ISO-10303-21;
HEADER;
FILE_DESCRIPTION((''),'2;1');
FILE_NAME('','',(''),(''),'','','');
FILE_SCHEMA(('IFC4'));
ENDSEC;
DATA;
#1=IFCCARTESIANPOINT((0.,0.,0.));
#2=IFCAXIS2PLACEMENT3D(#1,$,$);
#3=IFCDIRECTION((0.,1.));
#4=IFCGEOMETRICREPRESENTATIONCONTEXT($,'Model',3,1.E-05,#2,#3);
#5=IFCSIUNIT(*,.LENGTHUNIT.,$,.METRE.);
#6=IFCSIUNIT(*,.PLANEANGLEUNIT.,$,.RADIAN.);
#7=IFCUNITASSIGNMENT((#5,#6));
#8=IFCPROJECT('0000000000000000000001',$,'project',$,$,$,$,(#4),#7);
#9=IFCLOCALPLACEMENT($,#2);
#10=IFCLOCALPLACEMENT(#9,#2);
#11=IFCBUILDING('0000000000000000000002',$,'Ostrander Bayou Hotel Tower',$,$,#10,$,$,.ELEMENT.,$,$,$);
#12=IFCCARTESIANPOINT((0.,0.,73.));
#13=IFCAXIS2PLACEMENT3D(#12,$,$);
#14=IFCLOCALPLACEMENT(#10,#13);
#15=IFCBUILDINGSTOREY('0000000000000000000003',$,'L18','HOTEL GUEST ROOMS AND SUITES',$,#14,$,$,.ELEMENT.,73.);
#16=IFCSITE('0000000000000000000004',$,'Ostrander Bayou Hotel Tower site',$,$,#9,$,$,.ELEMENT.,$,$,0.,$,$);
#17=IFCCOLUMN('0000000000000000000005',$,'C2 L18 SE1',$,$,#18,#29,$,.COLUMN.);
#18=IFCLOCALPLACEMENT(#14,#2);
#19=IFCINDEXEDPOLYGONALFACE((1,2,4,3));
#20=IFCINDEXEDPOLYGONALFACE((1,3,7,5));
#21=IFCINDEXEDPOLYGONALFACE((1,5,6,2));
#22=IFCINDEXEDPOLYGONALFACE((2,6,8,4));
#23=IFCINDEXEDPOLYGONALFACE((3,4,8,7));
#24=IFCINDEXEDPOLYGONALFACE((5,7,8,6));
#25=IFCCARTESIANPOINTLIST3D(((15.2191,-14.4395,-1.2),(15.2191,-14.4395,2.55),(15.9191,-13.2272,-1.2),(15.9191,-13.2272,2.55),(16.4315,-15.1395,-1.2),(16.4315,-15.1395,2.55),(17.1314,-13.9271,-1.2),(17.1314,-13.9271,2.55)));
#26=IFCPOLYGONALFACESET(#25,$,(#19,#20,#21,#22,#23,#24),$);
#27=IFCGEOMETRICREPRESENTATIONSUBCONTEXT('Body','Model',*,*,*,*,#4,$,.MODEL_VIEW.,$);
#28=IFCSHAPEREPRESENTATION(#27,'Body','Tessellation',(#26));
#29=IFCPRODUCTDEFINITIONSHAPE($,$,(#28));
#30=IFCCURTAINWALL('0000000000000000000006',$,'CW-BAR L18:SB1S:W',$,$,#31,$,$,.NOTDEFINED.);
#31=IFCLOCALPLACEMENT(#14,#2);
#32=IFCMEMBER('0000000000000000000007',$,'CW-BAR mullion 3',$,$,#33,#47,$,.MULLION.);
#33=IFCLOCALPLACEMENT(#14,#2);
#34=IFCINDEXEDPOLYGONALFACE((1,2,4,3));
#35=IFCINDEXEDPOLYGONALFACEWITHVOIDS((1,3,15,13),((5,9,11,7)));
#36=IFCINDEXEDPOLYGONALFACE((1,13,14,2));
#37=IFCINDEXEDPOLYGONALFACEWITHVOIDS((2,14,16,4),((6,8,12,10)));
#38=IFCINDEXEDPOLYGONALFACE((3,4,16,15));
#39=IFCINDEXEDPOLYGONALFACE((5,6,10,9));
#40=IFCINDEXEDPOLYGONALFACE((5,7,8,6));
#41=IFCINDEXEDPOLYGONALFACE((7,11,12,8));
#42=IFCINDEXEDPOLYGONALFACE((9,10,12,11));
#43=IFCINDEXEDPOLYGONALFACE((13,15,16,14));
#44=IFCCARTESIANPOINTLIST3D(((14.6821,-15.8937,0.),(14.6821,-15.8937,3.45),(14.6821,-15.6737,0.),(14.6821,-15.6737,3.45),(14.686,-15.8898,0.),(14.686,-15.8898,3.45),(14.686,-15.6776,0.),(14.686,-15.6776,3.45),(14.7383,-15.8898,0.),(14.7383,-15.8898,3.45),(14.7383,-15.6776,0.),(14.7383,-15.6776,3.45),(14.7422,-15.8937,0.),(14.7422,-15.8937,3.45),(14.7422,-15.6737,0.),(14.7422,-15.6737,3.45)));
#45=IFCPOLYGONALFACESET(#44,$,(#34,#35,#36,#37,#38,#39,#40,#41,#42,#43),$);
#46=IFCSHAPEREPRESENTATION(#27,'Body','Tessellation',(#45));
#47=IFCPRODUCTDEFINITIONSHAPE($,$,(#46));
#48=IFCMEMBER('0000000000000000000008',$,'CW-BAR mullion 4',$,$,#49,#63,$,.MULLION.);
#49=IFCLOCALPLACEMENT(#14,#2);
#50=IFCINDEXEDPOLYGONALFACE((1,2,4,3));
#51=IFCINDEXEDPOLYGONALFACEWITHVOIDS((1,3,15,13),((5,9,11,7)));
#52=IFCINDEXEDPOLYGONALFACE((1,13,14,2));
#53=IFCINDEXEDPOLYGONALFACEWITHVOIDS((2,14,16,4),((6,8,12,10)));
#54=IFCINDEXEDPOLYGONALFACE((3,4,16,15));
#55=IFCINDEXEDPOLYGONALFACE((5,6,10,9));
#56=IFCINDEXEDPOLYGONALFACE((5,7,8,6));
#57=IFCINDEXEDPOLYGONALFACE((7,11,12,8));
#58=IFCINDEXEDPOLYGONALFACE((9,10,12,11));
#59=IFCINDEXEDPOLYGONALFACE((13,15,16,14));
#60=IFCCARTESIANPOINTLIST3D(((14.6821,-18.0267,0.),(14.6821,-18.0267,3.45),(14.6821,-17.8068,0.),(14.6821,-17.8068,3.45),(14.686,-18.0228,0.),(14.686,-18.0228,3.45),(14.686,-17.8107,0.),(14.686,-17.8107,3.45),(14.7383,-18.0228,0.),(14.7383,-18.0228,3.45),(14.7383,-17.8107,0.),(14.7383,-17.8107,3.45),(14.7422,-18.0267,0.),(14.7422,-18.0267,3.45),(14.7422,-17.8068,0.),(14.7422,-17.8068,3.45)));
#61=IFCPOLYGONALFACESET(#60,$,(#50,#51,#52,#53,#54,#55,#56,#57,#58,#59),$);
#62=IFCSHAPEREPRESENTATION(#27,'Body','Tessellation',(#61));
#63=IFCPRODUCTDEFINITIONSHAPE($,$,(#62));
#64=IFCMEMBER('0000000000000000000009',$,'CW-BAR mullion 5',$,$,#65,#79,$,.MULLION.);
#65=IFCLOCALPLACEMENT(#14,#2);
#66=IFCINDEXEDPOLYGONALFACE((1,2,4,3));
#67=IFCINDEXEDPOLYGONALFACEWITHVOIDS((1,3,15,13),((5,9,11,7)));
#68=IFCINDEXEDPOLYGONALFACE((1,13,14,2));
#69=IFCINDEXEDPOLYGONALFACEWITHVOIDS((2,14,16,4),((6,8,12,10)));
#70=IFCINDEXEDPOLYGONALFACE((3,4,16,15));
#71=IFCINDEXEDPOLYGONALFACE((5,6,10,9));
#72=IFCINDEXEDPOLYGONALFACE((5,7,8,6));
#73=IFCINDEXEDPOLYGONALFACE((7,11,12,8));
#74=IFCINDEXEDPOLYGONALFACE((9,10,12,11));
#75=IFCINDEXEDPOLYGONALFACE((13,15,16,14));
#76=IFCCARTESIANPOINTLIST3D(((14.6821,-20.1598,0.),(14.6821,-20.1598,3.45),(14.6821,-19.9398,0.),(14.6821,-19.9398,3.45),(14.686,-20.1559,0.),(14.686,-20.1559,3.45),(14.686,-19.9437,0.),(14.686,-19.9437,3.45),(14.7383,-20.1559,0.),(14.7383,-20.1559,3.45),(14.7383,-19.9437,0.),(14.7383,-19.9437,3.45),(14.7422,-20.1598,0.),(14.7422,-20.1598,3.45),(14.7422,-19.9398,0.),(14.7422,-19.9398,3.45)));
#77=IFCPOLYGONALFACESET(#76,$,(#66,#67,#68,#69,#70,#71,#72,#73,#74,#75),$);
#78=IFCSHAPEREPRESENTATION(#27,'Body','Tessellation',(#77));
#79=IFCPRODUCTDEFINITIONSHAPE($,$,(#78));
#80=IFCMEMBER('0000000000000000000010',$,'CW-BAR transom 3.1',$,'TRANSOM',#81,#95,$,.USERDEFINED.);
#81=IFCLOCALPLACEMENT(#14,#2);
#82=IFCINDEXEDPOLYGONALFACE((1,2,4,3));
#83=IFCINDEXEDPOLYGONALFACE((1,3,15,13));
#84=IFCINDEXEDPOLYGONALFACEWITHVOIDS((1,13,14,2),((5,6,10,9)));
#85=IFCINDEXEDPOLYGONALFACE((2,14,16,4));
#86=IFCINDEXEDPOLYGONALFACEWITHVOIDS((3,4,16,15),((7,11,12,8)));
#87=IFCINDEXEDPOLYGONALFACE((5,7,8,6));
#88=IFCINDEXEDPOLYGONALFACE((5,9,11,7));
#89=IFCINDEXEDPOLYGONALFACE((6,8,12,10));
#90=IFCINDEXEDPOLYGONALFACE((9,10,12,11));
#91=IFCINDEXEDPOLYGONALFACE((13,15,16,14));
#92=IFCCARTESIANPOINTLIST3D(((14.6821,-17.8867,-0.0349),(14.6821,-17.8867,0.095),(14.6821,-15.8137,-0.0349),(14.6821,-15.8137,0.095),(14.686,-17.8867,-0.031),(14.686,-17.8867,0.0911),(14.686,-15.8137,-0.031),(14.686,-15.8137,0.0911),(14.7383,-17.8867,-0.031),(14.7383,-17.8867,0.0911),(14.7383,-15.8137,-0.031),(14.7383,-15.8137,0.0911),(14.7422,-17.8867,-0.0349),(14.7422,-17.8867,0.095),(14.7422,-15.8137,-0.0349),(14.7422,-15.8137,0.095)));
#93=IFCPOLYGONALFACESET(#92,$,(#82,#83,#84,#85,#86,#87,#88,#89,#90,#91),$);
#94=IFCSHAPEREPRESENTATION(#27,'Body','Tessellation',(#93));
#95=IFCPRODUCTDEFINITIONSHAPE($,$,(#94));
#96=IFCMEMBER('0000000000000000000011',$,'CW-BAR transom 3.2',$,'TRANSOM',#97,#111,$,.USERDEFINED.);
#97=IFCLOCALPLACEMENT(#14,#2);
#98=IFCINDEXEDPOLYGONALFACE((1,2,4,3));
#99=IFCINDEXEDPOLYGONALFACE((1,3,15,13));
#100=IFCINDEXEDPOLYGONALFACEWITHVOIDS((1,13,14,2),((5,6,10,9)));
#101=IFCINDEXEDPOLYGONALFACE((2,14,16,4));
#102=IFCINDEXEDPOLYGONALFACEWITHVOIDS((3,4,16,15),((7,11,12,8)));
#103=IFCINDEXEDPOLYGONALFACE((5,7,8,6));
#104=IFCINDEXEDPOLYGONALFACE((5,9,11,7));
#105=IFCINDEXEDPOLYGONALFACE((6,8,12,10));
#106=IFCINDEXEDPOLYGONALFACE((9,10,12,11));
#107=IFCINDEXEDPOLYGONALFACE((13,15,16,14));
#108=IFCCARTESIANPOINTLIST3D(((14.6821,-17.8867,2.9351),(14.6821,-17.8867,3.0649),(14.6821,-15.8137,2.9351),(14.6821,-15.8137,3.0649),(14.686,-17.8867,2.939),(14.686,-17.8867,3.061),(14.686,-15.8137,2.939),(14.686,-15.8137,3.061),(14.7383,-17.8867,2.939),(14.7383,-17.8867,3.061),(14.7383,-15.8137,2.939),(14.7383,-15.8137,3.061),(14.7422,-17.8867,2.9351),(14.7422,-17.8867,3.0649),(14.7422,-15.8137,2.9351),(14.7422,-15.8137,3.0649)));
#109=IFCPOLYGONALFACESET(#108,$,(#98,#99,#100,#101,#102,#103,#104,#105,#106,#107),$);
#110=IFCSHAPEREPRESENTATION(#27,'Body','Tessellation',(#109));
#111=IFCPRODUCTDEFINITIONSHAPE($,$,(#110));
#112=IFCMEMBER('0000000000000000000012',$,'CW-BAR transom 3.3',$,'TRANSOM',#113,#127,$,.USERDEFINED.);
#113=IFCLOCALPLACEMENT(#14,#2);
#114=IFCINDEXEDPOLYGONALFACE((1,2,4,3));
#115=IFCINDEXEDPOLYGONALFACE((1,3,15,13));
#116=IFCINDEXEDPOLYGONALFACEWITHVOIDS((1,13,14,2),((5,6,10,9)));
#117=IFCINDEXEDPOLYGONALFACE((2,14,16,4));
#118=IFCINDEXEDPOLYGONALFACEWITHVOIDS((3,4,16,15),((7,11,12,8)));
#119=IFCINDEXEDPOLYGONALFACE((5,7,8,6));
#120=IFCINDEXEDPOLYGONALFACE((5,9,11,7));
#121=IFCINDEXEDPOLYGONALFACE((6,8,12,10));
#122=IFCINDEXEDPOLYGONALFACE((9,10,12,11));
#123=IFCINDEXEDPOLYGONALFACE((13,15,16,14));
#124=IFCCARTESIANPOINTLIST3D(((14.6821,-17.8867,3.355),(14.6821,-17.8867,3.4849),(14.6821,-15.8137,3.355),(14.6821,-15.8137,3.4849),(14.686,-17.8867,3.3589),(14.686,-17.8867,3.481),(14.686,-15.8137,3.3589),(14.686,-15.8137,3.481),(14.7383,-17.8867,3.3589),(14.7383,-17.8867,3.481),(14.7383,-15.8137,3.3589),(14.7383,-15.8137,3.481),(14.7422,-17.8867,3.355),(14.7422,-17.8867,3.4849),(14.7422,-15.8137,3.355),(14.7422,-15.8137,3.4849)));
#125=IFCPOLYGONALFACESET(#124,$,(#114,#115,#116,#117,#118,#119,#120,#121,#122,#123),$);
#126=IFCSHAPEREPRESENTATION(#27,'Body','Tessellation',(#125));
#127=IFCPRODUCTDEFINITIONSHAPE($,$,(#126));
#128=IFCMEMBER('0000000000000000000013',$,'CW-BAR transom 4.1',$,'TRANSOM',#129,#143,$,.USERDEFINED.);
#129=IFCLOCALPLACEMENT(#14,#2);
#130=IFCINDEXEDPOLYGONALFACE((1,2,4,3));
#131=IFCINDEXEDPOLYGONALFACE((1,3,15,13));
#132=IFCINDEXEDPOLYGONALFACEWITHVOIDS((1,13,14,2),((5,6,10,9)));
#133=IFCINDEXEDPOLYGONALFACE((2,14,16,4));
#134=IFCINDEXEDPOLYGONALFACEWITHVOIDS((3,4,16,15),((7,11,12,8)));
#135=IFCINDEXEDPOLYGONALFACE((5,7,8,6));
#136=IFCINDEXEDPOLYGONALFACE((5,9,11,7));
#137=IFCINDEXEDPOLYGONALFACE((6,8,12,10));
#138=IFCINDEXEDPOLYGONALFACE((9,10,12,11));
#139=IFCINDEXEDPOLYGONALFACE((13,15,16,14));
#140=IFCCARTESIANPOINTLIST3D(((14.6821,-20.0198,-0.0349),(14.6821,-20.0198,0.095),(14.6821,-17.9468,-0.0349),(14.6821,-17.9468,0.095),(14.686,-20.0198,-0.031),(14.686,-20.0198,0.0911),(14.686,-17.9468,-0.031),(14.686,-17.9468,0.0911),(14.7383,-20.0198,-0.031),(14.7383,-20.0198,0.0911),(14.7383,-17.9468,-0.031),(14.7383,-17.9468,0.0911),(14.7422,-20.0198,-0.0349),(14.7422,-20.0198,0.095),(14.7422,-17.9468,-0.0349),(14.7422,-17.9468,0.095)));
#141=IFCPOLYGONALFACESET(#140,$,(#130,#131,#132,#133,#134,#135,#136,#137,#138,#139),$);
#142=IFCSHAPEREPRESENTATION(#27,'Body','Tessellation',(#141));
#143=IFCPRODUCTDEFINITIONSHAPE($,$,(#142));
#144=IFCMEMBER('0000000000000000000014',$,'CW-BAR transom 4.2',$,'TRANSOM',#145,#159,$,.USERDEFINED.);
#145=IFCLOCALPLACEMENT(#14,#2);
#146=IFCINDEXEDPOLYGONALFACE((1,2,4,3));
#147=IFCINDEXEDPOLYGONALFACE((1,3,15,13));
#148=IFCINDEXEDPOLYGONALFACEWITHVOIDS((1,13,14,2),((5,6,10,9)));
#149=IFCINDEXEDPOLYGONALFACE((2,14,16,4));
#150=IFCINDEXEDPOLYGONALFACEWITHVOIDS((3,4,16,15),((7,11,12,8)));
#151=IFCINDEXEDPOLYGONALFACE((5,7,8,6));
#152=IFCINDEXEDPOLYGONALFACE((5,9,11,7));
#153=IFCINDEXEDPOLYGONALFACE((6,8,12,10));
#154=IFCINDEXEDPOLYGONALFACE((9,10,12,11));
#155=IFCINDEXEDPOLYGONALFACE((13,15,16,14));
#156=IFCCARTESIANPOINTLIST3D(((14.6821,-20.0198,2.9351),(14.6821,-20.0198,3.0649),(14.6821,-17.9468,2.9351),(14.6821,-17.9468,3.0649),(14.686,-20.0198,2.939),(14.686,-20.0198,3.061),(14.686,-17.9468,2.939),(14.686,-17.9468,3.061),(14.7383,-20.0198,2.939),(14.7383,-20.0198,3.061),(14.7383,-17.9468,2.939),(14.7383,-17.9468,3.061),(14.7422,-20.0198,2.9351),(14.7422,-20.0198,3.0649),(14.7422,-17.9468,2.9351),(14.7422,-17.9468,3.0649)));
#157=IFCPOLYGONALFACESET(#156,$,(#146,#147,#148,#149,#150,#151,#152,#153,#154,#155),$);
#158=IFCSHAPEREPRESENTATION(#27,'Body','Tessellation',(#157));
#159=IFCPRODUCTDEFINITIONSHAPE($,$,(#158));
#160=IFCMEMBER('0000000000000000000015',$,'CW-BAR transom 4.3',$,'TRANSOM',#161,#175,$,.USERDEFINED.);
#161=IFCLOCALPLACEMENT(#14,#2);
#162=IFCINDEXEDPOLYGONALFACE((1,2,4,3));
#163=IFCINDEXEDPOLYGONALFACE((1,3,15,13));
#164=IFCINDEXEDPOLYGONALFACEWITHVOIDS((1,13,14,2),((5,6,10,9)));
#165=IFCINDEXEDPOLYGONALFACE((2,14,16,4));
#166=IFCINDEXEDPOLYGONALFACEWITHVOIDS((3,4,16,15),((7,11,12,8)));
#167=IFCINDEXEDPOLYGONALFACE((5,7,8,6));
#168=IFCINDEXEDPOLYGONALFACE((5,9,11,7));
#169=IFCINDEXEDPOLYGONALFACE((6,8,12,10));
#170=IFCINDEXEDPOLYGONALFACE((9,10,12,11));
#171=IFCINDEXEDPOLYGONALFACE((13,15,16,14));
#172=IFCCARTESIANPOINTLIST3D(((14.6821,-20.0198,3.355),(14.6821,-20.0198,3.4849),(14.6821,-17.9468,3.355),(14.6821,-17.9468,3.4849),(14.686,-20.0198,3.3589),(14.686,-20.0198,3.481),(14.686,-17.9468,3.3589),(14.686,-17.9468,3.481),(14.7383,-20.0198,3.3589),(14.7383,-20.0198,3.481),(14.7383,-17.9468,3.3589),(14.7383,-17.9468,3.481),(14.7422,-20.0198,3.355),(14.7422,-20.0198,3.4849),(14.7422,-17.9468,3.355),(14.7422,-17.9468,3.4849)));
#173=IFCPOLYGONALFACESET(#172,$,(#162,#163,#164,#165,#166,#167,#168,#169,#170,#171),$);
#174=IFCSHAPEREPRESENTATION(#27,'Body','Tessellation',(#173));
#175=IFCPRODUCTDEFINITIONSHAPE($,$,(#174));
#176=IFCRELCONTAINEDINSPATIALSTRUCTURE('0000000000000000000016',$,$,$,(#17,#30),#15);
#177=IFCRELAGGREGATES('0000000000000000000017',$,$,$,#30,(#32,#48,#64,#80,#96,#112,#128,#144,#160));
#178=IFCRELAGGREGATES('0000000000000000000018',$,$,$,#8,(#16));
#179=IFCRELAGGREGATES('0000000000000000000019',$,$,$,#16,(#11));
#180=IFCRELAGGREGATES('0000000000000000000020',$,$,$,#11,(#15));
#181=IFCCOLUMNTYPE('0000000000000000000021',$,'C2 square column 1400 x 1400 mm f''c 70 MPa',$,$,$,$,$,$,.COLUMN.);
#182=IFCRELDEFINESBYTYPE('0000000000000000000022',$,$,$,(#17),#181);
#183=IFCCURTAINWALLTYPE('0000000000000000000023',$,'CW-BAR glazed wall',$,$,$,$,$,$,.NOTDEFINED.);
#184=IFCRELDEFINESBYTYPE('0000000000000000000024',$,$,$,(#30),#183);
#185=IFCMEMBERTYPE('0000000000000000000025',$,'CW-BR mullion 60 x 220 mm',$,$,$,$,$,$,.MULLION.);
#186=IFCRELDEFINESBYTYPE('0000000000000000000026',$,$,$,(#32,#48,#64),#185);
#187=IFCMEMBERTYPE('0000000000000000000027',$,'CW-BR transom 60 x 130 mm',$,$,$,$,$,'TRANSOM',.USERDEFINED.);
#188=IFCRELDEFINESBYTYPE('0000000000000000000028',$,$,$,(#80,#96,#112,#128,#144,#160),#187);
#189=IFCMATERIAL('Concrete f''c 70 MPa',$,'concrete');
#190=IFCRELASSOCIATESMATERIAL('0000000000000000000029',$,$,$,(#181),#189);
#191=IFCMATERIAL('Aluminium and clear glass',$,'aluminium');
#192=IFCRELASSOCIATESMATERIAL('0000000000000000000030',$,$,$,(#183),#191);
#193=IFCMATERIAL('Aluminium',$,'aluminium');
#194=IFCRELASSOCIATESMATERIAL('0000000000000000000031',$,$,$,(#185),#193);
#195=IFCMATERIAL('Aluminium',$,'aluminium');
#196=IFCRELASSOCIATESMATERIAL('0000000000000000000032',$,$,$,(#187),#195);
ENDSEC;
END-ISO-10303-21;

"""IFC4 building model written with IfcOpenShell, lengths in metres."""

from ifc_helpers import new_model, si_unit, direction, frame, origin, origin_2d, place, context, subcontext, project, spatial, rectangle, hollow_rectangle, extrude, material, material_profile, profile_set, type_object, element, aggregate, save


model = new_model("IFC4")

# Units and contexts
model_context = context("Model", 3, precision=1e-05, world=origin(), true_north=direction((0.0, 1.0)))
body_context = subcontext(model_context, "Body", "Model", "MODEL_VIEW")
ifc_project = project(units=[si_unit("LENGTHUNIT", "METRE"), si_unit("PLANEANGLEUNIT", "RADIAN")], contexts=[model_context])

# Site, building, storey
site_placement = place(None, origin())
site = spatial("IfcSite", under=ifc_project, at=site_placement, Name="Ostrander Bayou Hotel Tower site", CompositionType="ELEMENT", RefElevation=0.0)
building_placement = place(site_placement, origin())
building = spatial("IfcBuilding", under=site, at=building_placement, Name="Ostrander Bayou Hotel Tower", CompositionType="ELEMENT")
storey_placement = place(building_placement, frame((0.0, 0.0, 73.0)))
storey = spatial("IfcBuildingStorey", under=building, at=storey_placement, Name="L18", Description="HOTEL GUEST ROOMS AND SUITES", CompositionType="ELEMENT", Elevation=73.0)

# Column
ifc_material_1 = material(Name="Concrete f'c 70 MPa", Category="concrete")
ifc_material_profile_1 = material_profile(ifc_material_1, rectangle(XDim=1.3999, YDim=1.3999, at=origin_2d()))
ifc_profile_set_1 = profile_set([ifc_material_profile_1], Name="Concrete f'c 70 MPa")
column_type = type_object("IfcColumnType", Name="C2 square column 1400 x 1400 mm f'c 70 MPa", PredefinedType="COLUMN", material=ifc_profile_set_1)
column_placement = place(storey_placement, frame((16.1753, -14.1833, -1.2), z_axis=(0.0, 0.0, 1.0), x_axis=(-0.5, -0.866025, 0.0)))
element("IfcColumn", 1, at=column_placement, inside=storey, type_object=column_type, Name="C2 L18 SE1", PredefinedType="COLUMN", context=body_context, shape_type="SweptSolid", body=[
    extrude(rectangle(XDim=1.3999, YDim=1.3999, at=origin_2d()), origin(), (0.0, 0.0, 1.0), 3.75),
])

# Curtain wall, members
ifc_material_2 = material(Name="Aluminium and clear glass", Category="aluminium")
curtain_wall_type = type_object("IfcCurtainWallType", Name="CW-BAR glazed wall", PredefinedType="NOTDEFINED", material=ifc_material_2)
curtain_wall_placement = place(storey_placement, origin())
curtain_wall = element("IfcCurtainWall", 2, at=curtain_wall_placement, inside=storey, type_object=curtain_wall_type, Name="CW-BAR L18:SB1S:W", PredefinedType="NOTDEFINED")
ifc_material_3 = material(Name="Aluminium", Category="aluminium")
ifc_material_profile_2 = material_profile(ifc_material_3, hollow_rectangle(XDim=0.0601, YDim=0.22, WallThickness=0.0039, at=origin_2d()))
ifc_profile_set_2 = profile_set([ifc_material_profile_2], Name="Aluminium")
member_type_1 = type_object("IfcMemberType", Name="CW-BR mullion 60 x 220 mm", PredefinedType="MULLION", material=ifc_profile_set_2)
member_1_placement = place(storey_placement, frame((14.7122, -15.7837, 0.0), z_axis=(0.0, 0.0, 1.0), x_axis=(1.0, 0.0, 0.0)))
member_1 = element("IfcMember", 3, at=member_1_placement, type_object=member_type_1, Name="CW-BAR mullion 3", PredefinedType="MULLION", context=body_context, shape_type="SweptSolid", body=[
    extrude(hollow_rectangle(XDim=0.0601, YDim=0.22, WallThickness=0.0039, at=origin_2d()), origin(), (0.0, 0.0, 1.0), 3.45),
])
member_2_placement = place(storey_placement, frame((14.7122, -17.9167, 0.0), z_axis=(0.0, 0.0, 1.0), x_axis=(1.0, 0.0, 0.0)))
member_2 = element("IfcMember", 4, at=member_2_placement, type_object=member_type_1, Name="CW-BAR mullion 4", PredefinedType="MULLION", context=body_context, shape_type="SweptSolid", body=[
    extrude(hollow_rectangle(XDim=0.0601, YDim=0.22, WallThickness=0.0039, at=origin_2d()), origin(), (0.0, 0.0, 1.0), 3.45),
])
member_3_placement = place(storey_placement, frame((14.7122, -20.0498, 0.0), z_axis=(0.0, 0.0, 1.0), x_axis=(1.0, 0.0, 0.0)))
member_3 = element("IfcMember", 5, at=member_3_placement, type_object=member_type_1, Name="CW-BAR mullion 5", PredefinedType="MULLION", context=body_context, shape_type="SweptSolid", body=[
    extrude(hollow_rectangle(XDim=0.0601, YDim=0.22, WallThickness=0.0039, at=origin_2d()), origin(), (0.0, 0.0, 1.0), 3.45),
])
ifc_material_4 = material(Name="Aluminium", Category="aluminium")
ifc_material_profile_3 = material_profile(ifc_material_4, hollow_rectangle(XDim=0.0601, YDim=0.1299, WallThickness=0.0039, at=origin_2d()))
ifc_profile_set_3 = profile_set([ifc_material_profile_3], Name="Aluminium")
member_type_2 = type_object("IfcMemberType", Name="CW-BR transom 60 x 130 mm", ElementType="TRANSOM", PredefinedType="USERDEFINED", material=ifc_profile_set_3)
member_4_placement = place(storey_placement, frame((14.7122, -15.8137, 0.03), z_axis=(0.0, -1.0, 0.0), x_axis=(1.0, 0.0, 0.0)))
member_4 = element("IfcMember", 6, at=member_4_placement, type_object=member_type_2, Name="CW-BAR transom 3.1", ObjectType="TRANSOM", PredefinedType="USERDEFINED", context=body_context, shape_type="SweptSolid", body=[
    extrude(hollow_rectangle(XDim=0.0601, YDim=0.1299, WallThickness=0.0039, at=origin_2d()), origin(), (0.0, 0.0, 1.0), 2.073),
])
member_5_placement = place(storey_placement, frame((14.7122, -15.8137, 3.0), z_axis=(0.0, -1.0, 0.0), x_axis=(1.0, 0.0, 0.0)))
member_5 = element("IfcMember", 7, at=member_5_placement, type_object=member_type_2, Name="CW-BAR transom 3.2", ObjectType="TRANSOM", PredefinedType="USERDEFINED", context=body_context, shape_type="SweptSolid", body=[
    extrude(hollow_rectangle(XDim=0.0601, YDim=0.1299, WallThickness=0.0039, at=origin_2d()), origin(), (0.0, 0.0, 1.0), 2.073),
])
member_6_placement = place(storey_placement, frame((14.7122, -15.8137, 3.4199), z_axis=(0.0, -1.0, 0.0), x_axis=(1.0, 0.0, 0.0)))
member_6 = element("IfcMember", 8, at=member_6_placement, type_object=member_type_2, Name="CW-BAR transom 3.3", ObjectType="TRANSOM", PredefinedType="USERDEFINED", context=body_context, shape_type="SweptSolid", body=[
    extrude(hollow_rectangle(XDim=0.0601, YDim=0.1299, WallThickness=0.0039, at=origin_2d()), origin(), (0.0, 0.0, 1.0), 2.073),
])
member_7_placement = place(storey_placement, frame((14.7122, -17.9468, 0.03), z_axis=(0.0, -1.0, 0.0), x_axis=(1.0, 0.0, 0.0)))
member_7 = element("IfcMember", 9, at=member_7_placement, type_object=member_type_2, Name="CW-BAR transom 4.1", ObjectType="TRANSOM", PredefinedType="USERDEFINED", context=body_context, shape_type="SweptSolid", body=[
    extrude(hollow_rectangle(XDim=0.0601, YDim=0.1299, WallThickness=0.0039, at=origin_2d()), origin(), (0.0, 0.0, 1.0), 2.073),
])
member_8_placement = place(storey_placement, frame((14.7122, -17.9468, 3.0), z_axis=(0.0, -1.0, 0.0), x_axis=(1.0, 0.0, 0.0)))
member_8 = element("IfcMember", 10, at=member_8_placement, type_object=member_type_2, Name="CW-BAR transom 4.2", ObjectType="TRANSOM", PredefinedType="USERDEFINED", context=body_context, shape_type="SweptSolid", body=[
    extrude(hollow_rectangle(XDim=0.0601, YDim=0.1299, WallThickness=0.0039, at=origin_2d()), origin(), (0.0, 0.0, 1.0), 2.073),
])
member_9_placement = place(storey_placement, frame((14.7122, -17.9468, 3.4199), z_axis=(0.0, -1.0, 0.0), x_axis=(1.0, 0.0, 0.0)))
member_9 = element("IfcMember", 11, at=member_9_placement, type_object=member_type_2, Name="CW-BAR transom 4.3", ObjectType="TRANSOM", PredefinedType="USERDEFINED", context=body_context, shape_type="SweptSolid", body=[
    extrude(hollow_rectangle(XDim=0.0601, YDim=0.1299, WallThickness=0.0039, at=origin_2d()), origin(), (0.0, 0.0, 1.0), 2.073),
])

aggregate(curtain_wall, [member_1, member_2, member_3, member_4, member_5, member_6, member_7, member_8, member_9])

save(model, "model.ifc")
